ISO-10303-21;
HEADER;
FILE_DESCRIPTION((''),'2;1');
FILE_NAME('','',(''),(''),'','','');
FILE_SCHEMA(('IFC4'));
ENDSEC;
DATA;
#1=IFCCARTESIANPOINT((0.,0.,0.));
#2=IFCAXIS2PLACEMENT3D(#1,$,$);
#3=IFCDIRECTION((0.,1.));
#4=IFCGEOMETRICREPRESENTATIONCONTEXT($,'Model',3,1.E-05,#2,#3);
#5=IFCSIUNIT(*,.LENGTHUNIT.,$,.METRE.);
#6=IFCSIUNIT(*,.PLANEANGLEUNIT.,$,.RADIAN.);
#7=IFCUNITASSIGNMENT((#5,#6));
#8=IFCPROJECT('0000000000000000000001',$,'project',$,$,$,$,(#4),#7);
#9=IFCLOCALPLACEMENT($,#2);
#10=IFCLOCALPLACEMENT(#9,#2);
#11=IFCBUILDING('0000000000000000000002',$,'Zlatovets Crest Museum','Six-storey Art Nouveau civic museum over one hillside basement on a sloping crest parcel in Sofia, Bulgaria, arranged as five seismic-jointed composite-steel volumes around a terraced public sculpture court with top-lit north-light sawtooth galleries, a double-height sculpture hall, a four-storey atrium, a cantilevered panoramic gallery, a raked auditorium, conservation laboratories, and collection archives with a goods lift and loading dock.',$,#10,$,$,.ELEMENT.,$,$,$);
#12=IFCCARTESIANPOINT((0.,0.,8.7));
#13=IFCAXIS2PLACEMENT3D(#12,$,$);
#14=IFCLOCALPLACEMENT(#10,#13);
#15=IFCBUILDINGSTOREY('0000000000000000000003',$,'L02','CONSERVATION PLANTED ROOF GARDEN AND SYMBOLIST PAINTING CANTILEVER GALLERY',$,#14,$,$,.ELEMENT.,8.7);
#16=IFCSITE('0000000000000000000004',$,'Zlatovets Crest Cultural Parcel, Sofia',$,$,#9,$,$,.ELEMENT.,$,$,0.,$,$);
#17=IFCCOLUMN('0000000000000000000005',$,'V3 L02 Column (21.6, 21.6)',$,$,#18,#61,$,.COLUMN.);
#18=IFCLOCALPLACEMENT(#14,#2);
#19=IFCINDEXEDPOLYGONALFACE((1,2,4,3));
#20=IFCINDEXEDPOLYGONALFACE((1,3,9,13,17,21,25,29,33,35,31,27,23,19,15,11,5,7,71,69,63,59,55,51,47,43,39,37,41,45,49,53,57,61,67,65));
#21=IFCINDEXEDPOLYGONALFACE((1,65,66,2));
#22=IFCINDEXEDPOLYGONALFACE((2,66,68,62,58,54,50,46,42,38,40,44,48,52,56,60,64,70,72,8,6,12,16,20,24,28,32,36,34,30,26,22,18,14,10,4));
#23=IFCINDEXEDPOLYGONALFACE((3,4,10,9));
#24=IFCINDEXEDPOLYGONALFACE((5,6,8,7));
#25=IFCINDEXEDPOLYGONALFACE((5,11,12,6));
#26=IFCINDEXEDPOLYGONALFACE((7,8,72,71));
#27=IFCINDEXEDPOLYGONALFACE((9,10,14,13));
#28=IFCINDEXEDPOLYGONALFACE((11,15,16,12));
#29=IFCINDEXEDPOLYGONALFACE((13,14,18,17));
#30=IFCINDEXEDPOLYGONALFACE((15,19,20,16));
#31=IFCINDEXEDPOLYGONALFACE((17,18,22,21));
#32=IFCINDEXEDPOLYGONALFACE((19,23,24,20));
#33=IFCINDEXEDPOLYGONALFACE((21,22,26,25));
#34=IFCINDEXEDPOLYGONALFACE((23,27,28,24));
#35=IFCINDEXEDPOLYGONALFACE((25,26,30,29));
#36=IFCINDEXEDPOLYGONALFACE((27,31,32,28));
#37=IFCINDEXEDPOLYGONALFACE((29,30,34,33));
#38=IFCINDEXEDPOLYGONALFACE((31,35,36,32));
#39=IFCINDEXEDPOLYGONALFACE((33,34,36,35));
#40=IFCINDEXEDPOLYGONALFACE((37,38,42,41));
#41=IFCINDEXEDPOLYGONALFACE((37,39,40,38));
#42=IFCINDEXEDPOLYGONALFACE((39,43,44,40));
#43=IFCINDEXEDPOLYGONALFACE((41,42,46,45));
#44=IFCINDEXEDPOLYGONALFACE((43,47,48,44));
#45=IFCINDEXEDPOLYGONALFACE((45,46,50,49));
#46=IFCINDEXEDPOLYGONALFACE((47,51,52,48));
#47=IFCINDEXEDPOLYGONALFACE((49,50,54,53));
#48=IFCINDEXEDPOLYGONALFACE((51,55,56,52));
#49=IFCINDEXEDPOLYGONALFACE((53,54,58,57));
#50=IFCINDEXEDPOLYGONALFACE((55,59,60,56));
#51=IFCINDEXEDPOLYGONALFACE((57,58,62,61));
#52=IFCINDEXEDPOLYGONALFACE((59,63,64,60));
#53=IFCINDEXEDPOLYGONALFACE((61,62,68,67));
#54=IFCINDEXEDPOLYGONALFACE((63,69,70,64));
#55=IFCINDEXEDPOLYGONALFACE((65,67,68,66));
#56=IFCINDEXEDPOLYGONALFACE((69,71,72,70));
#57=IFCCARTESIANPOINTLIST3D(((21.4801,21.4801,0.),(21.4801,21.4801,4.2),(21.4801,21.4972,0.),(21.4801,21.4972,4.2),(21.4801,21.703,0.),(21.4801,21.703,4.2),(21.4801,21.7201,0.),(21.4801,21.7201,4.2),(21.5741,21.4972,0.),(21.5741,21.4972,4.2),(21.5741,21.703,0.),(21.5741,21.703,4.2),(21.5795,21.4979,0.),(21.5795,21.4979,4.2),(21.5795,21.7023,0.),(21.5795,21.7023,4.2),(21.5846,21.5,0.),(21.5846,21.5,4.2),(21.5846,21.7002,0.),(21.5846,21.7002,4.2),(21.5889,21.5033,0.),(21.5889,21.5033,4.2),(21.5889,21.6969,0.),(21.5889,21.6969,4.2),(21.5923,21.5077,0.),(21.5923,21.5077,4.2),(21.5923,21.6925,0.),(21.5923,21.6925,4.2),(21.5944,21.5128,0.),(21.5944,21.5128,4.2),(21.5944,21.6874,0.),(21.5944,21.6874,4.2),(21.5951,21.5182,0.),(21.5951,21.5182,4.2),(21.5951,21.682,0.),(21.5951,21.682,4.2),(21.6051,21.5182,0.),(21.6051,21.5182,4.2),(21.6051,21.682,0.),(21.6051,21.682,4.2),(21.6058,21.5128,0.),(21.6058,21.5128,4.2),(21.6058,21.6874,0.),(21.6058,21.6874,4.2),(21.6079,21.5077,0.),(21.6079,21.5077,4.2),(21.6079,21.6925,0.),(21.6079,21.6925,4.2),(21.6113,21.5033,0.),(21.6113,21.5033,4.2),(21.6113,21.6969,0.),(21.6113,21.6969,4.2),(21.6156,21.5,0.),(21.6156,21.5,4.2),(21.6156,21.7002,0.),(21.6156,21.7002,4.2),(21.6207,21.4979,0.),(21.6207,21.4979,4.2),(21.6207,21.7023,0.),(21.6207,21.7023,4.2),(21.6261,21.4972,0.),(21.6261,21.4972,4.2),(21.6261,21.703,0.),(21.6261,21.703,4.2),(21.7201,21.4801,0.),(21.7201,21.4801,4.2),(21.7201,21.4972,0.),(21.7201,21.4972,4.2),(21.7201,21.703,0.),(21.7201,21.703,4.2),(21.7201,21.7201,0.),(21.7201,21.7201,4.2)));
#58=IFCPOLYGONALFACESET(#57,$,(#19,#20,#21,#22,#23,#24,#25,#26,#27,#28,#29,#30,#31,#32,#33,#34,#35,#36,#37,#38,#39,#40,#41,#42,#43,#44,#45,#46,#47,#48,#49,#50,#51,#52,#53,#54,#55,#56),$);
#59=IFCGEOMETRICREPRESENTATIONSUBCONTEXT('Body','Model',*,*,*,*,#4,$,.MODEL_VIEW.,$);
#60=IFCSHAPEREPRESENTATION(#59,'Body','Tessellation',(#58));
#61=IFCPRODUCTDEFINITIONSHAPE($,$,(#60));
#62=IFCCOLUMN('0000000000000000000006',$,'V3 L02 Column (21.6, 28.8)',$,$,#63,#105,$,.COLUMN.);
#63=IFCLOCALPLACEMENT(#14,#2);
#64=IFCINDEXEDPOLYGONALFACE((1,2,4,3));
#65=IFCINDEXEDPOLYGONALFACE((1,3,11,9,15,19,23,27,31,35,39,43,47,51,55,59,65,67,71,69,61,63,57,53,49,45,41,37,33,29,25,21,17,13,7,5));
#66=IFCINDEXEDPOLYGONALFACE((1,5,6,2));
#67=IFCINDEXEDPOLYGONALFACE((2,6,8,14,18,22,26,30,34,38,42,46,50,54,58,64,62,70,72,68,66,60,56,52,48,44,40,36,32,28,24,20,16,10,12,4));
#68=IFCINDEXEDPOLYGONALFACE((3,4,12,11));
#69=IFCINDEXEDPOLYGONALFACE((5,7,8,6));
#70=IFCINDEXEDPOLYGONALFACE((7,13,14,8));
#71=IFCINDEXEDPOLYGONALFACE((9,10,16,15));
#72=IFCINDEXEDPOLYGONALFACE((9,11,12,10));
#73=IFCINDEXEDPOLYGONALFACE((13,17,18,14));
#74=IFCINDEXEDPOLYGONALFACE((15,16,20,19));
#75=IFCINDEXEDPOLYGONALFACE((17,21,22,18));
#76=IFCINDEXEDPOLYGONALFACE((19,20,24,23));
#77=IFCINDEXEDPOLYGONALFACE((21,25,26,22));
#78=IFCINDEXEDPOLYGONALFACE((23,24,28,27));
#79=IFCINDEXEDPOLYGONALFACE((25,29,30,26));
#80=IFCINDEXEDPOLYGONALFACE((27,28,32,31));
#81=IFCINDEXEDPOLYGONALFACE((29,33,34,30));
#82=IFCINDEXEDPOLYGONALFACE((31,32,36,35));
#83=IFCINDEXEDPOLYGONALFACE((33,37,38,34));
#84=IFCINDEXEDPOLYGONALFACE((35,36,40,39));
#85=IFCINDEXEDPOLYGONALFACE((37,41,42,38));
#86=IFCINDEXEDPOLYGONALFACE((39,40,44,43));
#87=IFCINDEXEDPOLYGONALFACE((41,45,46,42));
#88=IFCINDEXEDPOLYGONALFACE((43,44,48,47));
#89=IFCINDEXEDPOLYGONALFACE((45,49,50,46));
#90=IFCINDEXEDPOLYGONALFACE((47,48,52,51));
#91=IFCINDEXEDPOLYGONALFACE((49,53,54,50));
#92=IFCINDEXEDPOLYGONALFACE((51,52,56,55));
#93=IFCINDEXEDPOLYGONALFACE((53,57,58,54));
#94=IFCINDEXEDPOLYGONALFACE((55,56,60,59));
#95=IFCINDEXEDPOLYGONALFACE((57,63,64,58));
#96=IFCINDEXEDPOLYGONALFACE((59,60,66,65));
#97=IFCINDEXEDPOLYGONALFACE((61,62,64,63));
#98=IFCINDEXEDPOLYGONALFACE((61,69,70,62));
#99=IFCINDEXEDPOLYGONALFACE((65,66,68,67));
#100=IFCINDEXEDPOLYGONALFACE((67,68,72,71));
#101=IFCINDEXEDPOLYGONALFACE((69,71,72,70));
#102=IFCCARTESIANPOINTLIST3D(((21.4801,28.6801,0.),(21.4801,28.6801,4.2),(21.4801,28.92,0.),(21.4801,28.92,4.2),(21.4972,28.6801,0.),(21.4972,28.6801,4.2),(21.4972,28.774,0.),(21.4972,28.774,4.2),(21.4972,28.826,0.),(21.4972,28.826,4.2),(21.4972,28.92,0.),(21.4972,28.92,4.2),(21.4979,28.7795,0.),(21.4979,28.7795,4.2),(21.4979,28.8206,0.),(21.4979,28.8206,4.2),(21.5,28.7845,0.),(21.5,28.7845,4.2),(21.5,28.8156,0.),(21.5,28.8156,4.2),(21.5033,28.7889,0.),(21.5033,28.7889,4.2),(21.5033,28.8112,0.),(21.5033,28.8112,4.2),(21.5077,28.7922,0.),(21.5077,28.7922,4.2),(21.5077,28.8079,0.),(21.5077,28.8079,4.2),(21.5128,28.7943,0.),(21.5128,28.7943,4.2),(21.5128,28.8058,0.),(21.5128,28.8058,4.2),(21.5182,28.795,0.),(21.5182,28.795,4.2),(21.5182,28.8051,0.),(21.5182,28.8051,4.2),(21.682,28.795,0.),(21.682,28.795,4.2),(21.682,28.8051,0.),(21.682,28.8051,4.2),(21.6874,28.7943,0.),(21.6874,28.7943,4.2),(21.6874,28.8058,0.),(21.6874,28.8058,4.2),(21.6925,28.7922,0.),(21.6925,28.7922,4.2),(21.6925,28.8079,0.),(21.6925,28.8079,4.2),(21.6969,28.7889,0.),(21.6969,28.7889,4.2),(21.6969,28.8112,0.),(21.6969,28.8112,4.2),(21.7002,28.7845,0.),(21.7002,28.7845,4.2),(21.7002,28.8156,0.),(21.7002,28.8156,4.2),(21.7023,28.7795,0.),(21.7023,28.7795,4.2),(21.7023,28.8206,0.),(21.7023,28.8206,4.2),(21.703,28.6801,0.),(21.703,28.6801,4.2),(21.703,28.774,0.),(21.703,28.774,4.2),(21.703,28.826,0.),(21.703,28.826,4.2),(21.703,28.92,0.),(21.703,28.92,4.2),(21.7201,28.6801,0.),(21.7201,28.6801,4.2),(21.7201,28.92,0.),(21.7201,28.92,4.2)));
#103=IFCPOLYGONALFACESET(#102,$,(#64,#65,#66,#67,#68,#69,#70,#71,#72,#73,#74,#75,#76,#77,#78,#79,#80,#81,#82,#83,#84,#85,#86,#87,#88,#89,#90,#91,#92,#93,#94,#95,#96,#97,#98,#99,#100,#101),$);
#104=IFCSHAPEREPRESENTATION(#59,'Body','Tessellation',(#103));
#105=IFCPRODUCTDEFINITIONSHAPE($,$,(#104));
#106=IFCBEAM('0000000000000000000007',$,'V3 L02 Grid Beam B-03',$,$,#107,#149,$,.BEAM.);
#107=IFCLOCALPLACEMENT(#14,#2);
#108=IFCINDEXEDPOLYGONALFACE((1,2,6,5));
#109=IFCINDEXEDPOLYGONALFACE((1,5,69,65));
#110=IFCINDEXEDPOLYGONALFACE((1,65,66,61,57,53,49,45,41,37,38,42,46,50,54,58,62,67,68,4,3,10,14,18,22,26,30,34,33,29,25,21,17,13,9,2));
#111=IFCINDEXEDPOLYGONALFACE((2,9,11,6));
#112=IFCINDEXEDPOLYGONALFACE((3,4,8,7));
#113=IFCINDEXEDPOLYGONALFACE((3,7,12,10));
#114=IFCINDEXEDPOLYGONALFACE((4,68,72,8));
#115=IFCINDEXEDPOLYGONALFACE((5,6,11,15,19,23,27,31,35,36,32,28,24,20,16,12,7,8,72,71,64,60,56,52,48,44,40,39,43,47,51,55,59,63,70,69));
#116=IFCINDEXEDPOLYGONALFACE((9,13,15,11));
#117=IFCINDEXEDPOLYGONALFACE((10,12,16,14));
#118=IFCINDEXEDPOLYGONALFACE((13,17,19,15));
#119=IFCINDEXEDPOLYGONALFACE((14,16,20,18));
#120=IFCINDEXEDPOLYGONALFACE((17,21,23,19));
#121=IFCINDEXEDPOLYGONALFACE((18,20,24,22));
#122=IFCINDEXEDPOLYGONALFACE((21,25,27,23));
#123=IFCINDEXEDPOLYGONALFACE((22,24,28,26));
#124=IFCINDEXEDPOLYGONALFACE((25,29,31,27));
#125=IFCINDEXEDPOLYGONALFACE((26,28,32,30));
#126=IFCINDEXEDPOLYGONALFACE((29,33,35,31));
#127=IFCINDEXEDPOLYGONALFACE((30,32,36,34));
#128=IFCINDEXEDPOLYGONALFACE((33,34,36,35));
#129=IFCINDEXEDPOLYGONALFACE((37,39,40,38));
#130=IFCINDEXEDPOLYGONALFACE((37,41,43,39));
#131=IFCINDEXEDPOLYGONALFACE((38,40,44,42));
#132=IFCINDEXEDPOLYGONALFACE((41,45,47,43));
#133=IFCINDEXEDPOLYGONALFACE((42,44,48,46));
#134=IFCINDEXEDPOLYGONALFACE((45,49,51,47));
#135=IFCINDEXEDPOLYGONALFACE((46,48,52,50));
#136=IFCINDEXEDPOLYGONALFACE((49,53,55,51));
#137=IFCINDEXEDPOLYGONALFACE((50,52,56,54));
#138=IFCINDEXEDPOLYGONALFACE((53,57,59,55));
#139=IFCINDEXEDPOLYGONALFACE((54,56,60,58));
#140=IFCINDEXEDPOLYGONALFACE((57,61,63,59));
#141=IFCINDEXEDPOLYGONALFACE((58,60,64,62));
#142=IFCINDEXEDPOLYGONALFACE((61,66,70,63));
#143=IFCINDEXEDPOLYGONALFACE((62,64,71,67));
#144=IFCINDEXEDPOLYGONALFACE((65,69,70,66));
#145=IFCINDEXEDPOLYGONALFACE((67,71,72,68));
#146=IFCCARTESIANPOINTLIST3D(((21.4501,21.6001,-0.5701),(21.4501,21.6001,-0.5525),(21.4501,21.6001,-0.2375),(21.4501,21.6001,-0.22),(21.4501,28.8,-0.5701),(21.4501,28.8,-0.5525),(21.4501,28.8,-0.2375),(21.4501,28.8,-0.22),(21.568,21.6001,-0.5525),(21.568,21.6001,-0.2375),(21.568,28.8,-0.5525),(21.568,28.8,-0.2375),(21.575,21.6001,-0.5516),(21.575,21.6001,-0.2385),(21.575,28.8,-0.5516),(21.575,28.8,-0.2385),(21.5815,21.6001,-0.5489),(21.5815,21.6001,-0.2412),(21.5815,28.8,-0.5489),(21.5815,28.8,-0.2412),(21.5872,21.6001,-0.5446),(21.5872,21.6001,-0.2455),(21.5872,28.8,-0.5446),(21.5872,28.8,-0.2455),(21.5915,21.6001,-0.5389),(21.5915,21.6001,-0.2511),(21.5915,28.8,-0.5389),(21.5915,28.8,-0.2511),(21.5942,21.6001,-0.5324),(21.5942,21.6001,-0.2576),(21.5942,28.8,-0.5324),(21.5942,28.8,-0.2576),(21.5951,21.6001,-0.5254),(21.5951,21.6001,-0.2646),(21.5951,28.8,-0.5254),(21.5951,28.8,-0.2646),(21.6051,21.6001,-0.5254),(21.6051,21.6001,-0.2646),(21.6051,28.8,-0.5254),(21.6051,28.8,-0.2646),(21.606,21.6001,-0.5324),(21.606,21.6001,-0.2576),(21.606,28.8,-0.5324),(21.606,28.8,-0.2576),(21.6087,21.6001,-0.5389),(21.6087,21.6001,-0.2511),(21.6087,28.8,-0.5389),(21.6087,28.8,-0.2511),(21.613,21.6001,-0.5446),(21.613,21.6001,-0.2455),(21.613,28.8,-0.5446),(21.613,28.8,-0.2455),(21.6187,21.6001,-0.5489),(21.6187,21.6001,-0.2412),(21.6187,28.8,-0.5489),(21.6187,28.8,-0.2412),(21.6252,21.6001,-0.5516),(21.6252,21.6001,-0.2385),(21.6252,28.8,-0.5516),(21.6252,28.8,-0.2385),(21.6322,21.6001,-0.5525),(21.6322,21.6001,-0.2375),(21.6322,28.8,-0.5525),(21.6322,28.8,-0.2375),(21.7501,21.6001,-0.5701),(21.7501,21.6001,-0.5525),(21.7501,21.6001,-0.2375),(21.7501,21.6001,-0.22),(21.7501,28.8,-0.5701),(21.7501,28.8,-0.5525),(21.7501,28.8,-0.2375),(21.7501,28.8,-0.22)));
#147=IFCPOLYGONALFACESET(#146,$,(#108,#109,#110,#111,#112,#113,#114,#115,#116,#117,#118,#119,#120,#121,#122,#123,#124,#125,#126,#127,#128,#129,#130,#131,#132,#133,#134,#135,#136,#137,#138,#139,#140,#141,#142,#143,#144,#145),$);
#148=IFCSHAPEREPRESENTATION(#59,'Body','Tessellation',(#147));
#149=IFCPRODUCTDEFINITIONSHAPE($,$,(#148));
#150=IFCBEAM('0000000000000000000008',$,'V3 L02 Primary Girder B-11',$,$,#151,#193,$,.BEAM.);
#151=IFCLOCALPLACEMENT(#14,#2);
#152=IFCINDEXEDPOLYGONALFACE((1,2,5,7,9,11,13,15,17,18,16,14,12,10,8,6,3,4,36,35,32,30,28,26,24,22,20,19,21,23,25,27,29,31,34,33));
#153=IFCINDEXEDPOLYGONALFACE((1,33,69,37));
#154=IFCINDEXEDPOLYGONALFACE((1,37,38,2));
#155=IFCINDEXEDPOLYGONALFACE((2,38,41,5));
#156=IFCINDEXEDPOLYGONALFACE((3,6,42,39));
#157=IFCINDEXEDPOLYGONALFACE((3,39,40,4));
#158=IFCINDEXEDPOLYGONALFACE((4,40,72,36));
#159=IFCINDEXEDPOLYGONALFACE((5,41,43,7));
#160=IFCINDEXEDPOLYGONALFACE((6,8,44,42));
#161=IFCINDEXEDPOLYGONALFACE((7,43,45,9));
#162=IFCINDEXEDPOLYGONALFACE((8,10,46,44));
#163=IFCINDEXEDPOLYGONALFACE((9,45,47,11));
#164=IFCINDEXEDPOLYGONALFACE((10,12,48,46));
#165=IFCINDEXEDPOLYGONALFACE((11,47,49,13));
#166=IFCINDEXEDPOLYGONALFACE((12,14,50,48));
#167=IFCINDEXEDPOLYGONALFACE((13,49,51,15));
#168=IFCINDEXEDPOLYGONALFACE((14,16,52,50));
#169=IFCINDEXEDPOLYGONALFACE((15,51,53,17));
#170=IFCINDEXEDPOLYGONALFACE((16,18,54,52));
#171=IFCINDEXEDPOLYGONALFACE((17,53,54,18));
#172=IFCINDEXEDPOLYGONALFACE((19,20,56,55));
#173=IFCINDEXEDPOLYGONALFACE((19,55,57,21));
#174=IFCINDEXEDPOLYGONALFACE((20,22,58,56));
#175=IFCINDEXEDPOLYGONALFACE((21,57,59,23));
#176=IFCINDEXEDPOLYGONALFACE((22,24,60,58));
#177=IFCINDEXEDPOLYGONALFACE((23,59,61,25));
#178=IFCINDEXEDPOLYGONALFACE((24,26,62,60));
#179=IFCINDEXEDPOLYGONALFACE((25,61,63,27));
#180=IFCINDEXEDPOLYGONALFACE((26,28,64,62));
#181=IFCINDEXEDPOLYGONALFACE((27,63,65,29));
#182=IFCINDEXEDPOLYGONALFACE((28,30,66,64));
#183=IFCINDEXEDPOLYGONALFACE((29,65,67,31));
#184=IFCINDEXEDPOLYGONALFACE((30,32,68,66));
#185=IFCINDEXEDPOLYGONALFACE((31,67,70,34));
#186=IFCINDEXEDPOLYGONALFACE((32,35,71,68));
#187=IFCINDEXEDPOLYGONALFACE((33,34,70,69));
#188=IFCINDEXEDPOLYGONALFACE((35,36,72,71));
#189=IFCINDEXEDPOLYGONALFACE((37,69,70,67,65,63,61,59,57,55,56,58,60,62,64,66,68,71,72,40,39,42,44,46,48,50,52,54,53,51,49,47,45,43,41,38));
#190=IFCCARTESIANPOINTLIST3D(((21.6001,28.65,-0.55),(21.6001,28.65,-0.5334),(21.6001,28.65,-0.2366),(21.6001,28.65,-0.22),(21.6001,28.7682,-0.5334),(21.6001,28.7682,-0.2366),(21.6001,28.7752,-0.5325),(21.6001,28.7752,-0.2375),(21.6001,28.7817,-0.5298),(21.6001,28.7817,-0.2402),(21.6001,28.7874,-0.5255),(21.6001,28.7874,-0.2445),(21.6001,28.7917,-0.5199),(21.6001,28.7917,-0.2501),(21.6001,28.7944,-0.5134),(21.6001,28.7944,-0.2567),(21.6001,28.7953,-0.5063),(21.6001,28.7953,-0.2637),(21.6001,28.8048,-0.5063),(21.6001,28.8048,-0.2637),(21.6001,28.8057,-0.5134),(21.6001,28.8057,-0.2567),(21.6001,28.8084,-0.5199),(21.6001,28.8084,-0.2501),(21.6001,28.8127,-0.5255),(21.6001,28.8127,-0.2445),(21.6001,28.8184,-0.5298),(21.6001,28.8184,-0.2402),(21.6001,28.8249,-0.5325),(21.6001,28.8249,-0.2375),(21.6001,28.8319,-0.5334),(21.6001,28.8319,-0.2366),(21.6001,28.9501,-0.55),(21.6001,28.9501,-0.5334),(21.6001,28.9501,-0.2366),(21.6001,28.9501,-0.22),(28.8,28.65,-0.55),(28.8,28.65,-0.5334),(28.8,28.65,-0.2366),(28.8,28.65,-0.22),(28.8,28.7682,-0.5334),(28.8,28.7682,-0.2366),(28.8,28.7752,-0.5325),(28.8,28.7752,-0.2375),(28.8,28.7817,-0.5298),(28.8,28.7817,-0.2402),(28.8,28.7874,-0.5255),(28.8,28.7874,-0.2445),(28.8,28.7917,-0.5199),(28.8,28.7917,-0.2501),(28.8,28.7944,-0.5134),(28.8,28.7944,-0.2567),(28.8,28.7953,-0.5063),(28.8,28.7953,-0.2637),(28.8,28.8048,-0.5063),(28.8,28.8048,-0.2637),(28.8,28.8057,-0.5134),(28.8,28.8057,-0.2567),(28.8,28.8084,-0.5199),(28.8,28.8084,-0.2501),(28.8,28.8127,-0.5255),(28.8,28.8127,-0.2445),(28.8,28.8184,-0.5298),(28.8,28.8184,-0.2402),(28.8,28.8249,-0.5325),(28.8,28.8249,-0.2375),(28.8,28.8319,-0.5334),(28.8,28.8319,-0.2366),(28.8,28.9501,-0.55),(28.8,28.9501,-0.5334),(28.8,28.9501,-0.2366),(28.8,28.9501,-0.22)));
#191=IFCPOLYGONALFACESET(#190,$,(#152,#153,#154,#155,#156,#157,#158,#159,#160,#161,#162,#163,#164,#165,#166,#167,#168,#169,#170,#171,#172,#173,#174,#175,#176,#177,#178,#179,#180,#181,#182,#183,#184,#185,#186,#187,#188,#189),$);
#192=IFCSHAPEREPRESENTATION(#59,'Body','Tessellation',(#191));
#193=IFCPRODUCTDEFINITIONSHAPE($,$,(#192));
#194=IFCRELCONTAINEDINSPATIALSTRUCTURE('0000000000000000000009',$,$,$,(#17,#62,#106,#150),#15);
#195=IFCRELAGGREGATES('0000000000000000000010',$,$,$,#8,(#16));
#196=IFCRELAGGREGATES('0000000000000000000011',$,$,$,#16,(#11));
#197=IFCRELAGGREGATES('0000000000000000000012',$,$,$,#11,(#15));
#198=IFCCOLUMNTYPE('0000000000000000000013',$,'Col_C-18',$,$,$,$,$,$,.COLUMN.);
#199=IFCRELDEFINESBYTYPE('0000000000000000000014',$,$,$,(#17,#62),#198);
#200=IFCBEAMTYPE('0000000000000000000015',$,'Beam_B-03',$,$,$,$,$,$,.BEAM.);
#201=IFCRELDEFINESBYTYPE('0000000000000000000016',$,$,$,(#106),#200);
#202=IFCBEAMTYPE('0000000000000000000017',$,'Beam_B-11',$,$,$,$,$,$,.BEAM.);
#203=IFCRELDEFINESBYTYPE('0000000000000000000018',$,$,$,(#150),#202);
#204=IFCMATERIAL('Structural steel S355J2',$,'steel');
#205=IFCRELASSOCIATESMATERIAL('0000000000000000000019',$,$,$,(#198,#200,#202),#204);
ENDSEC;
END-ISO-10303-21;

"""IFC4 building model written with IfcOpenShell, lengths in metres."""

from ifc_helpers import new_model, si_unit, direction, frame, origin, origin_2d, place, context, subcontext, project, spatial, i_section, extrude, material, material_profile, profile_set, type_object, element, save


model = new_model("IFC4")

# Units and contexts
model_context = context("Model", 3, precision=1e-05, world=origin(), true_north=direction((0.0, 1.0)))
body_context = subcontext(model_context, "Body", "Model", "MODEL_VIEW")
ifc_project = project(units=[si_unit("LENGTHUNIT", "METRE"), si_unit("PLANEANGLEUNIT", "RADIAN")], contexts=[model_context])

# Site, building, storey
site_placement = place(None, origin())
site = spatial("IfcSite", under=ifc_project, at=site_placement, Name="Zlatovets Crest Cultural Parcel, Sofia", CompositionType="ELEMENT", RefElevation=0.0)
building_placement = place(site_placement, origin())
building = spatial("IfcBuilding", under=site, at=building_placement, Name="Zlatovets Crest Museum", Description="Six-storey Art Nouveau civic museum over one hillside basement on a sloping crest parcel in Sofia, Bulgaria, arranged as five seismic-jointed composite-steel volumes around a terraced public sculpture court with top-lit north-light sawtooth galleries, a double-height sculpture hall, a four-storey atrium, a cantilevered panoramic gallery, a raked auditorium, conservation laboratories, and collection archives with a goods lift and loading dock.", CompositionType="ELEMENT")
storey_placement = place(building_placement, frame((0.0, 0.0, 8.7)))
storey = spatial("IfcBuildingStorey", under=building, at=storey_placement, Name="L02", Description="CONSERVATION PLANTED ROOF GARDEN AND SYMBOLIST PAINTING CANTILEVER GALLERY", CompositionType="ELEMENT", Elevation=8.7)

# Columns
ifc_material_1 = material(Name="Structural steel S355J2", Category="steel")
ifc_material_profile_1 = material_profile(ifc_material_1, i_section(OverallWidth=0.24, OverallDepth=0.24, WebThickness=0.01, FlangeThickness=0.0171, FilletRadius=0.021, at=origin_2d()), Name="HEB 240")
ifc_profile_set_1 = profile_set([ifc_material_profile_1], Name="Structural steel S355J2")
column_type = type_object("IfcColumnType", Name="Col_C-18", PredefinedType="COLUMN", material=ifc_profile_set_1)
for number, where, z_axis, x_axis, name in (
    (1, (21.6001, 21.6001, 0.0), (0.0, 0.0, 1.0), (1.0, 0.0, 0.0), "V3 L02 Column (21.6, 21.6)"),
    (2, (21.6001, 28.8, 0.0), (0.0, 0.0, 1.0), (0.0, 1.0, 0.0), "V3 L02 Column (21.6, 28.8)"),
):
    element("IfcColumn", number, at=place(storey_placement, frame(where, z_axis=z_axis, x_axis=x_axis)), inside=storey, type_object=column_type, Name=name, PredefinedType="COLUMN", context=body_context, shape_type="SweptSolid", body=[
        extrude(i_section(OverallWidth=0.24, OverallDepth=0.24, WebThickness=0.01, FlangeThickness=0.0171, FilletRadius=0.021, at=origin_2d()), origin(), (0.0, 0.0, 1.0), 4.2),
    ])

# Beams
ifc_material_profile_2 = material_profile(ifc_material_1, i_section(OverallWidth=0.3, OverallDepth=0.3501, WebThickness=0.01, FlangeThickness=0.0176, FilletRadius=0.0271, at=origin_2d()), Name="HEA 360")
ifc_profile_set_2 = profile_set([ifc_material_profile_2], Name="Structural steel S355J2")
beam_type_1 = type_object("IfcBeamType", Name="Beam_B-03", PredefinedType="BEAM", material=ifc_profile_set_2)
beam_1_placement = place(storey_placement, frame((21.6001, 21.6001, -0.395), z_axis=(0.0, 1.0, 0.0), x_axis=(-1.0, 0.0, 0.0)))
element("IfcBeam", 3, at=beam_1_placement, inside=storey, type_object=beam_type_1, Name="V3 L02 Grid Beam B-03", PredefinedType="BEAM", context=body_context, shape_type="SweptSolid", body=[
    extrude(i_section(OverallWidth=0.3, OverallDepth=0.3501, WebThickness=0.01, FlangeThickness=0.0176, FilletRadius=0.0271, at=origin_2d()), origin(), (0.0, 0.0, 1.0), 7.2),
])
ifc_material_profile_3 = material_profile(ifc_material_1, i_section(OverallWidth=0.3, OverallDepth=0.3301, WebThickness=0.0095, FlangeThickness=0.0166, FilletRadius=0.0271, at=origin_2d()), Name="HEA 340")
ifc_profile_set_3 = profile_set([ifc_material_profile_3], Name="Structural steel S355J2")
beam_type_2 = type_object("IfcBeamType", Name="Beam_B-11", PredefinedType="BEAM", material=ifc_profile_set_3)
beam_2_placement = place(storey_placement, frame((21.6001, 28.8, -0.385), z_axis=(1.0, 0.0, 0.0), x_axis=(0.0, 1.0, 0.0)))
element("IfcBeam", 4, at=beam_2_placement, inside=storey, type_object=beam_type_2, Name="V3 L02 Primary Girder B-11", PredefinedType="BEAM", context=body_context, shape_type="SweptSolid", body=[
    extrude(i_section(OverallWidth=0.3, OverallDepth=0.3301, WebThickness=0.0095, FlangeThickness=0.0166, FilletRadius=0.0271, at=origin_2d()), origin(), (0.0, 0.0, 1.0), 7.2),
])

save(model, "model.ifc")
